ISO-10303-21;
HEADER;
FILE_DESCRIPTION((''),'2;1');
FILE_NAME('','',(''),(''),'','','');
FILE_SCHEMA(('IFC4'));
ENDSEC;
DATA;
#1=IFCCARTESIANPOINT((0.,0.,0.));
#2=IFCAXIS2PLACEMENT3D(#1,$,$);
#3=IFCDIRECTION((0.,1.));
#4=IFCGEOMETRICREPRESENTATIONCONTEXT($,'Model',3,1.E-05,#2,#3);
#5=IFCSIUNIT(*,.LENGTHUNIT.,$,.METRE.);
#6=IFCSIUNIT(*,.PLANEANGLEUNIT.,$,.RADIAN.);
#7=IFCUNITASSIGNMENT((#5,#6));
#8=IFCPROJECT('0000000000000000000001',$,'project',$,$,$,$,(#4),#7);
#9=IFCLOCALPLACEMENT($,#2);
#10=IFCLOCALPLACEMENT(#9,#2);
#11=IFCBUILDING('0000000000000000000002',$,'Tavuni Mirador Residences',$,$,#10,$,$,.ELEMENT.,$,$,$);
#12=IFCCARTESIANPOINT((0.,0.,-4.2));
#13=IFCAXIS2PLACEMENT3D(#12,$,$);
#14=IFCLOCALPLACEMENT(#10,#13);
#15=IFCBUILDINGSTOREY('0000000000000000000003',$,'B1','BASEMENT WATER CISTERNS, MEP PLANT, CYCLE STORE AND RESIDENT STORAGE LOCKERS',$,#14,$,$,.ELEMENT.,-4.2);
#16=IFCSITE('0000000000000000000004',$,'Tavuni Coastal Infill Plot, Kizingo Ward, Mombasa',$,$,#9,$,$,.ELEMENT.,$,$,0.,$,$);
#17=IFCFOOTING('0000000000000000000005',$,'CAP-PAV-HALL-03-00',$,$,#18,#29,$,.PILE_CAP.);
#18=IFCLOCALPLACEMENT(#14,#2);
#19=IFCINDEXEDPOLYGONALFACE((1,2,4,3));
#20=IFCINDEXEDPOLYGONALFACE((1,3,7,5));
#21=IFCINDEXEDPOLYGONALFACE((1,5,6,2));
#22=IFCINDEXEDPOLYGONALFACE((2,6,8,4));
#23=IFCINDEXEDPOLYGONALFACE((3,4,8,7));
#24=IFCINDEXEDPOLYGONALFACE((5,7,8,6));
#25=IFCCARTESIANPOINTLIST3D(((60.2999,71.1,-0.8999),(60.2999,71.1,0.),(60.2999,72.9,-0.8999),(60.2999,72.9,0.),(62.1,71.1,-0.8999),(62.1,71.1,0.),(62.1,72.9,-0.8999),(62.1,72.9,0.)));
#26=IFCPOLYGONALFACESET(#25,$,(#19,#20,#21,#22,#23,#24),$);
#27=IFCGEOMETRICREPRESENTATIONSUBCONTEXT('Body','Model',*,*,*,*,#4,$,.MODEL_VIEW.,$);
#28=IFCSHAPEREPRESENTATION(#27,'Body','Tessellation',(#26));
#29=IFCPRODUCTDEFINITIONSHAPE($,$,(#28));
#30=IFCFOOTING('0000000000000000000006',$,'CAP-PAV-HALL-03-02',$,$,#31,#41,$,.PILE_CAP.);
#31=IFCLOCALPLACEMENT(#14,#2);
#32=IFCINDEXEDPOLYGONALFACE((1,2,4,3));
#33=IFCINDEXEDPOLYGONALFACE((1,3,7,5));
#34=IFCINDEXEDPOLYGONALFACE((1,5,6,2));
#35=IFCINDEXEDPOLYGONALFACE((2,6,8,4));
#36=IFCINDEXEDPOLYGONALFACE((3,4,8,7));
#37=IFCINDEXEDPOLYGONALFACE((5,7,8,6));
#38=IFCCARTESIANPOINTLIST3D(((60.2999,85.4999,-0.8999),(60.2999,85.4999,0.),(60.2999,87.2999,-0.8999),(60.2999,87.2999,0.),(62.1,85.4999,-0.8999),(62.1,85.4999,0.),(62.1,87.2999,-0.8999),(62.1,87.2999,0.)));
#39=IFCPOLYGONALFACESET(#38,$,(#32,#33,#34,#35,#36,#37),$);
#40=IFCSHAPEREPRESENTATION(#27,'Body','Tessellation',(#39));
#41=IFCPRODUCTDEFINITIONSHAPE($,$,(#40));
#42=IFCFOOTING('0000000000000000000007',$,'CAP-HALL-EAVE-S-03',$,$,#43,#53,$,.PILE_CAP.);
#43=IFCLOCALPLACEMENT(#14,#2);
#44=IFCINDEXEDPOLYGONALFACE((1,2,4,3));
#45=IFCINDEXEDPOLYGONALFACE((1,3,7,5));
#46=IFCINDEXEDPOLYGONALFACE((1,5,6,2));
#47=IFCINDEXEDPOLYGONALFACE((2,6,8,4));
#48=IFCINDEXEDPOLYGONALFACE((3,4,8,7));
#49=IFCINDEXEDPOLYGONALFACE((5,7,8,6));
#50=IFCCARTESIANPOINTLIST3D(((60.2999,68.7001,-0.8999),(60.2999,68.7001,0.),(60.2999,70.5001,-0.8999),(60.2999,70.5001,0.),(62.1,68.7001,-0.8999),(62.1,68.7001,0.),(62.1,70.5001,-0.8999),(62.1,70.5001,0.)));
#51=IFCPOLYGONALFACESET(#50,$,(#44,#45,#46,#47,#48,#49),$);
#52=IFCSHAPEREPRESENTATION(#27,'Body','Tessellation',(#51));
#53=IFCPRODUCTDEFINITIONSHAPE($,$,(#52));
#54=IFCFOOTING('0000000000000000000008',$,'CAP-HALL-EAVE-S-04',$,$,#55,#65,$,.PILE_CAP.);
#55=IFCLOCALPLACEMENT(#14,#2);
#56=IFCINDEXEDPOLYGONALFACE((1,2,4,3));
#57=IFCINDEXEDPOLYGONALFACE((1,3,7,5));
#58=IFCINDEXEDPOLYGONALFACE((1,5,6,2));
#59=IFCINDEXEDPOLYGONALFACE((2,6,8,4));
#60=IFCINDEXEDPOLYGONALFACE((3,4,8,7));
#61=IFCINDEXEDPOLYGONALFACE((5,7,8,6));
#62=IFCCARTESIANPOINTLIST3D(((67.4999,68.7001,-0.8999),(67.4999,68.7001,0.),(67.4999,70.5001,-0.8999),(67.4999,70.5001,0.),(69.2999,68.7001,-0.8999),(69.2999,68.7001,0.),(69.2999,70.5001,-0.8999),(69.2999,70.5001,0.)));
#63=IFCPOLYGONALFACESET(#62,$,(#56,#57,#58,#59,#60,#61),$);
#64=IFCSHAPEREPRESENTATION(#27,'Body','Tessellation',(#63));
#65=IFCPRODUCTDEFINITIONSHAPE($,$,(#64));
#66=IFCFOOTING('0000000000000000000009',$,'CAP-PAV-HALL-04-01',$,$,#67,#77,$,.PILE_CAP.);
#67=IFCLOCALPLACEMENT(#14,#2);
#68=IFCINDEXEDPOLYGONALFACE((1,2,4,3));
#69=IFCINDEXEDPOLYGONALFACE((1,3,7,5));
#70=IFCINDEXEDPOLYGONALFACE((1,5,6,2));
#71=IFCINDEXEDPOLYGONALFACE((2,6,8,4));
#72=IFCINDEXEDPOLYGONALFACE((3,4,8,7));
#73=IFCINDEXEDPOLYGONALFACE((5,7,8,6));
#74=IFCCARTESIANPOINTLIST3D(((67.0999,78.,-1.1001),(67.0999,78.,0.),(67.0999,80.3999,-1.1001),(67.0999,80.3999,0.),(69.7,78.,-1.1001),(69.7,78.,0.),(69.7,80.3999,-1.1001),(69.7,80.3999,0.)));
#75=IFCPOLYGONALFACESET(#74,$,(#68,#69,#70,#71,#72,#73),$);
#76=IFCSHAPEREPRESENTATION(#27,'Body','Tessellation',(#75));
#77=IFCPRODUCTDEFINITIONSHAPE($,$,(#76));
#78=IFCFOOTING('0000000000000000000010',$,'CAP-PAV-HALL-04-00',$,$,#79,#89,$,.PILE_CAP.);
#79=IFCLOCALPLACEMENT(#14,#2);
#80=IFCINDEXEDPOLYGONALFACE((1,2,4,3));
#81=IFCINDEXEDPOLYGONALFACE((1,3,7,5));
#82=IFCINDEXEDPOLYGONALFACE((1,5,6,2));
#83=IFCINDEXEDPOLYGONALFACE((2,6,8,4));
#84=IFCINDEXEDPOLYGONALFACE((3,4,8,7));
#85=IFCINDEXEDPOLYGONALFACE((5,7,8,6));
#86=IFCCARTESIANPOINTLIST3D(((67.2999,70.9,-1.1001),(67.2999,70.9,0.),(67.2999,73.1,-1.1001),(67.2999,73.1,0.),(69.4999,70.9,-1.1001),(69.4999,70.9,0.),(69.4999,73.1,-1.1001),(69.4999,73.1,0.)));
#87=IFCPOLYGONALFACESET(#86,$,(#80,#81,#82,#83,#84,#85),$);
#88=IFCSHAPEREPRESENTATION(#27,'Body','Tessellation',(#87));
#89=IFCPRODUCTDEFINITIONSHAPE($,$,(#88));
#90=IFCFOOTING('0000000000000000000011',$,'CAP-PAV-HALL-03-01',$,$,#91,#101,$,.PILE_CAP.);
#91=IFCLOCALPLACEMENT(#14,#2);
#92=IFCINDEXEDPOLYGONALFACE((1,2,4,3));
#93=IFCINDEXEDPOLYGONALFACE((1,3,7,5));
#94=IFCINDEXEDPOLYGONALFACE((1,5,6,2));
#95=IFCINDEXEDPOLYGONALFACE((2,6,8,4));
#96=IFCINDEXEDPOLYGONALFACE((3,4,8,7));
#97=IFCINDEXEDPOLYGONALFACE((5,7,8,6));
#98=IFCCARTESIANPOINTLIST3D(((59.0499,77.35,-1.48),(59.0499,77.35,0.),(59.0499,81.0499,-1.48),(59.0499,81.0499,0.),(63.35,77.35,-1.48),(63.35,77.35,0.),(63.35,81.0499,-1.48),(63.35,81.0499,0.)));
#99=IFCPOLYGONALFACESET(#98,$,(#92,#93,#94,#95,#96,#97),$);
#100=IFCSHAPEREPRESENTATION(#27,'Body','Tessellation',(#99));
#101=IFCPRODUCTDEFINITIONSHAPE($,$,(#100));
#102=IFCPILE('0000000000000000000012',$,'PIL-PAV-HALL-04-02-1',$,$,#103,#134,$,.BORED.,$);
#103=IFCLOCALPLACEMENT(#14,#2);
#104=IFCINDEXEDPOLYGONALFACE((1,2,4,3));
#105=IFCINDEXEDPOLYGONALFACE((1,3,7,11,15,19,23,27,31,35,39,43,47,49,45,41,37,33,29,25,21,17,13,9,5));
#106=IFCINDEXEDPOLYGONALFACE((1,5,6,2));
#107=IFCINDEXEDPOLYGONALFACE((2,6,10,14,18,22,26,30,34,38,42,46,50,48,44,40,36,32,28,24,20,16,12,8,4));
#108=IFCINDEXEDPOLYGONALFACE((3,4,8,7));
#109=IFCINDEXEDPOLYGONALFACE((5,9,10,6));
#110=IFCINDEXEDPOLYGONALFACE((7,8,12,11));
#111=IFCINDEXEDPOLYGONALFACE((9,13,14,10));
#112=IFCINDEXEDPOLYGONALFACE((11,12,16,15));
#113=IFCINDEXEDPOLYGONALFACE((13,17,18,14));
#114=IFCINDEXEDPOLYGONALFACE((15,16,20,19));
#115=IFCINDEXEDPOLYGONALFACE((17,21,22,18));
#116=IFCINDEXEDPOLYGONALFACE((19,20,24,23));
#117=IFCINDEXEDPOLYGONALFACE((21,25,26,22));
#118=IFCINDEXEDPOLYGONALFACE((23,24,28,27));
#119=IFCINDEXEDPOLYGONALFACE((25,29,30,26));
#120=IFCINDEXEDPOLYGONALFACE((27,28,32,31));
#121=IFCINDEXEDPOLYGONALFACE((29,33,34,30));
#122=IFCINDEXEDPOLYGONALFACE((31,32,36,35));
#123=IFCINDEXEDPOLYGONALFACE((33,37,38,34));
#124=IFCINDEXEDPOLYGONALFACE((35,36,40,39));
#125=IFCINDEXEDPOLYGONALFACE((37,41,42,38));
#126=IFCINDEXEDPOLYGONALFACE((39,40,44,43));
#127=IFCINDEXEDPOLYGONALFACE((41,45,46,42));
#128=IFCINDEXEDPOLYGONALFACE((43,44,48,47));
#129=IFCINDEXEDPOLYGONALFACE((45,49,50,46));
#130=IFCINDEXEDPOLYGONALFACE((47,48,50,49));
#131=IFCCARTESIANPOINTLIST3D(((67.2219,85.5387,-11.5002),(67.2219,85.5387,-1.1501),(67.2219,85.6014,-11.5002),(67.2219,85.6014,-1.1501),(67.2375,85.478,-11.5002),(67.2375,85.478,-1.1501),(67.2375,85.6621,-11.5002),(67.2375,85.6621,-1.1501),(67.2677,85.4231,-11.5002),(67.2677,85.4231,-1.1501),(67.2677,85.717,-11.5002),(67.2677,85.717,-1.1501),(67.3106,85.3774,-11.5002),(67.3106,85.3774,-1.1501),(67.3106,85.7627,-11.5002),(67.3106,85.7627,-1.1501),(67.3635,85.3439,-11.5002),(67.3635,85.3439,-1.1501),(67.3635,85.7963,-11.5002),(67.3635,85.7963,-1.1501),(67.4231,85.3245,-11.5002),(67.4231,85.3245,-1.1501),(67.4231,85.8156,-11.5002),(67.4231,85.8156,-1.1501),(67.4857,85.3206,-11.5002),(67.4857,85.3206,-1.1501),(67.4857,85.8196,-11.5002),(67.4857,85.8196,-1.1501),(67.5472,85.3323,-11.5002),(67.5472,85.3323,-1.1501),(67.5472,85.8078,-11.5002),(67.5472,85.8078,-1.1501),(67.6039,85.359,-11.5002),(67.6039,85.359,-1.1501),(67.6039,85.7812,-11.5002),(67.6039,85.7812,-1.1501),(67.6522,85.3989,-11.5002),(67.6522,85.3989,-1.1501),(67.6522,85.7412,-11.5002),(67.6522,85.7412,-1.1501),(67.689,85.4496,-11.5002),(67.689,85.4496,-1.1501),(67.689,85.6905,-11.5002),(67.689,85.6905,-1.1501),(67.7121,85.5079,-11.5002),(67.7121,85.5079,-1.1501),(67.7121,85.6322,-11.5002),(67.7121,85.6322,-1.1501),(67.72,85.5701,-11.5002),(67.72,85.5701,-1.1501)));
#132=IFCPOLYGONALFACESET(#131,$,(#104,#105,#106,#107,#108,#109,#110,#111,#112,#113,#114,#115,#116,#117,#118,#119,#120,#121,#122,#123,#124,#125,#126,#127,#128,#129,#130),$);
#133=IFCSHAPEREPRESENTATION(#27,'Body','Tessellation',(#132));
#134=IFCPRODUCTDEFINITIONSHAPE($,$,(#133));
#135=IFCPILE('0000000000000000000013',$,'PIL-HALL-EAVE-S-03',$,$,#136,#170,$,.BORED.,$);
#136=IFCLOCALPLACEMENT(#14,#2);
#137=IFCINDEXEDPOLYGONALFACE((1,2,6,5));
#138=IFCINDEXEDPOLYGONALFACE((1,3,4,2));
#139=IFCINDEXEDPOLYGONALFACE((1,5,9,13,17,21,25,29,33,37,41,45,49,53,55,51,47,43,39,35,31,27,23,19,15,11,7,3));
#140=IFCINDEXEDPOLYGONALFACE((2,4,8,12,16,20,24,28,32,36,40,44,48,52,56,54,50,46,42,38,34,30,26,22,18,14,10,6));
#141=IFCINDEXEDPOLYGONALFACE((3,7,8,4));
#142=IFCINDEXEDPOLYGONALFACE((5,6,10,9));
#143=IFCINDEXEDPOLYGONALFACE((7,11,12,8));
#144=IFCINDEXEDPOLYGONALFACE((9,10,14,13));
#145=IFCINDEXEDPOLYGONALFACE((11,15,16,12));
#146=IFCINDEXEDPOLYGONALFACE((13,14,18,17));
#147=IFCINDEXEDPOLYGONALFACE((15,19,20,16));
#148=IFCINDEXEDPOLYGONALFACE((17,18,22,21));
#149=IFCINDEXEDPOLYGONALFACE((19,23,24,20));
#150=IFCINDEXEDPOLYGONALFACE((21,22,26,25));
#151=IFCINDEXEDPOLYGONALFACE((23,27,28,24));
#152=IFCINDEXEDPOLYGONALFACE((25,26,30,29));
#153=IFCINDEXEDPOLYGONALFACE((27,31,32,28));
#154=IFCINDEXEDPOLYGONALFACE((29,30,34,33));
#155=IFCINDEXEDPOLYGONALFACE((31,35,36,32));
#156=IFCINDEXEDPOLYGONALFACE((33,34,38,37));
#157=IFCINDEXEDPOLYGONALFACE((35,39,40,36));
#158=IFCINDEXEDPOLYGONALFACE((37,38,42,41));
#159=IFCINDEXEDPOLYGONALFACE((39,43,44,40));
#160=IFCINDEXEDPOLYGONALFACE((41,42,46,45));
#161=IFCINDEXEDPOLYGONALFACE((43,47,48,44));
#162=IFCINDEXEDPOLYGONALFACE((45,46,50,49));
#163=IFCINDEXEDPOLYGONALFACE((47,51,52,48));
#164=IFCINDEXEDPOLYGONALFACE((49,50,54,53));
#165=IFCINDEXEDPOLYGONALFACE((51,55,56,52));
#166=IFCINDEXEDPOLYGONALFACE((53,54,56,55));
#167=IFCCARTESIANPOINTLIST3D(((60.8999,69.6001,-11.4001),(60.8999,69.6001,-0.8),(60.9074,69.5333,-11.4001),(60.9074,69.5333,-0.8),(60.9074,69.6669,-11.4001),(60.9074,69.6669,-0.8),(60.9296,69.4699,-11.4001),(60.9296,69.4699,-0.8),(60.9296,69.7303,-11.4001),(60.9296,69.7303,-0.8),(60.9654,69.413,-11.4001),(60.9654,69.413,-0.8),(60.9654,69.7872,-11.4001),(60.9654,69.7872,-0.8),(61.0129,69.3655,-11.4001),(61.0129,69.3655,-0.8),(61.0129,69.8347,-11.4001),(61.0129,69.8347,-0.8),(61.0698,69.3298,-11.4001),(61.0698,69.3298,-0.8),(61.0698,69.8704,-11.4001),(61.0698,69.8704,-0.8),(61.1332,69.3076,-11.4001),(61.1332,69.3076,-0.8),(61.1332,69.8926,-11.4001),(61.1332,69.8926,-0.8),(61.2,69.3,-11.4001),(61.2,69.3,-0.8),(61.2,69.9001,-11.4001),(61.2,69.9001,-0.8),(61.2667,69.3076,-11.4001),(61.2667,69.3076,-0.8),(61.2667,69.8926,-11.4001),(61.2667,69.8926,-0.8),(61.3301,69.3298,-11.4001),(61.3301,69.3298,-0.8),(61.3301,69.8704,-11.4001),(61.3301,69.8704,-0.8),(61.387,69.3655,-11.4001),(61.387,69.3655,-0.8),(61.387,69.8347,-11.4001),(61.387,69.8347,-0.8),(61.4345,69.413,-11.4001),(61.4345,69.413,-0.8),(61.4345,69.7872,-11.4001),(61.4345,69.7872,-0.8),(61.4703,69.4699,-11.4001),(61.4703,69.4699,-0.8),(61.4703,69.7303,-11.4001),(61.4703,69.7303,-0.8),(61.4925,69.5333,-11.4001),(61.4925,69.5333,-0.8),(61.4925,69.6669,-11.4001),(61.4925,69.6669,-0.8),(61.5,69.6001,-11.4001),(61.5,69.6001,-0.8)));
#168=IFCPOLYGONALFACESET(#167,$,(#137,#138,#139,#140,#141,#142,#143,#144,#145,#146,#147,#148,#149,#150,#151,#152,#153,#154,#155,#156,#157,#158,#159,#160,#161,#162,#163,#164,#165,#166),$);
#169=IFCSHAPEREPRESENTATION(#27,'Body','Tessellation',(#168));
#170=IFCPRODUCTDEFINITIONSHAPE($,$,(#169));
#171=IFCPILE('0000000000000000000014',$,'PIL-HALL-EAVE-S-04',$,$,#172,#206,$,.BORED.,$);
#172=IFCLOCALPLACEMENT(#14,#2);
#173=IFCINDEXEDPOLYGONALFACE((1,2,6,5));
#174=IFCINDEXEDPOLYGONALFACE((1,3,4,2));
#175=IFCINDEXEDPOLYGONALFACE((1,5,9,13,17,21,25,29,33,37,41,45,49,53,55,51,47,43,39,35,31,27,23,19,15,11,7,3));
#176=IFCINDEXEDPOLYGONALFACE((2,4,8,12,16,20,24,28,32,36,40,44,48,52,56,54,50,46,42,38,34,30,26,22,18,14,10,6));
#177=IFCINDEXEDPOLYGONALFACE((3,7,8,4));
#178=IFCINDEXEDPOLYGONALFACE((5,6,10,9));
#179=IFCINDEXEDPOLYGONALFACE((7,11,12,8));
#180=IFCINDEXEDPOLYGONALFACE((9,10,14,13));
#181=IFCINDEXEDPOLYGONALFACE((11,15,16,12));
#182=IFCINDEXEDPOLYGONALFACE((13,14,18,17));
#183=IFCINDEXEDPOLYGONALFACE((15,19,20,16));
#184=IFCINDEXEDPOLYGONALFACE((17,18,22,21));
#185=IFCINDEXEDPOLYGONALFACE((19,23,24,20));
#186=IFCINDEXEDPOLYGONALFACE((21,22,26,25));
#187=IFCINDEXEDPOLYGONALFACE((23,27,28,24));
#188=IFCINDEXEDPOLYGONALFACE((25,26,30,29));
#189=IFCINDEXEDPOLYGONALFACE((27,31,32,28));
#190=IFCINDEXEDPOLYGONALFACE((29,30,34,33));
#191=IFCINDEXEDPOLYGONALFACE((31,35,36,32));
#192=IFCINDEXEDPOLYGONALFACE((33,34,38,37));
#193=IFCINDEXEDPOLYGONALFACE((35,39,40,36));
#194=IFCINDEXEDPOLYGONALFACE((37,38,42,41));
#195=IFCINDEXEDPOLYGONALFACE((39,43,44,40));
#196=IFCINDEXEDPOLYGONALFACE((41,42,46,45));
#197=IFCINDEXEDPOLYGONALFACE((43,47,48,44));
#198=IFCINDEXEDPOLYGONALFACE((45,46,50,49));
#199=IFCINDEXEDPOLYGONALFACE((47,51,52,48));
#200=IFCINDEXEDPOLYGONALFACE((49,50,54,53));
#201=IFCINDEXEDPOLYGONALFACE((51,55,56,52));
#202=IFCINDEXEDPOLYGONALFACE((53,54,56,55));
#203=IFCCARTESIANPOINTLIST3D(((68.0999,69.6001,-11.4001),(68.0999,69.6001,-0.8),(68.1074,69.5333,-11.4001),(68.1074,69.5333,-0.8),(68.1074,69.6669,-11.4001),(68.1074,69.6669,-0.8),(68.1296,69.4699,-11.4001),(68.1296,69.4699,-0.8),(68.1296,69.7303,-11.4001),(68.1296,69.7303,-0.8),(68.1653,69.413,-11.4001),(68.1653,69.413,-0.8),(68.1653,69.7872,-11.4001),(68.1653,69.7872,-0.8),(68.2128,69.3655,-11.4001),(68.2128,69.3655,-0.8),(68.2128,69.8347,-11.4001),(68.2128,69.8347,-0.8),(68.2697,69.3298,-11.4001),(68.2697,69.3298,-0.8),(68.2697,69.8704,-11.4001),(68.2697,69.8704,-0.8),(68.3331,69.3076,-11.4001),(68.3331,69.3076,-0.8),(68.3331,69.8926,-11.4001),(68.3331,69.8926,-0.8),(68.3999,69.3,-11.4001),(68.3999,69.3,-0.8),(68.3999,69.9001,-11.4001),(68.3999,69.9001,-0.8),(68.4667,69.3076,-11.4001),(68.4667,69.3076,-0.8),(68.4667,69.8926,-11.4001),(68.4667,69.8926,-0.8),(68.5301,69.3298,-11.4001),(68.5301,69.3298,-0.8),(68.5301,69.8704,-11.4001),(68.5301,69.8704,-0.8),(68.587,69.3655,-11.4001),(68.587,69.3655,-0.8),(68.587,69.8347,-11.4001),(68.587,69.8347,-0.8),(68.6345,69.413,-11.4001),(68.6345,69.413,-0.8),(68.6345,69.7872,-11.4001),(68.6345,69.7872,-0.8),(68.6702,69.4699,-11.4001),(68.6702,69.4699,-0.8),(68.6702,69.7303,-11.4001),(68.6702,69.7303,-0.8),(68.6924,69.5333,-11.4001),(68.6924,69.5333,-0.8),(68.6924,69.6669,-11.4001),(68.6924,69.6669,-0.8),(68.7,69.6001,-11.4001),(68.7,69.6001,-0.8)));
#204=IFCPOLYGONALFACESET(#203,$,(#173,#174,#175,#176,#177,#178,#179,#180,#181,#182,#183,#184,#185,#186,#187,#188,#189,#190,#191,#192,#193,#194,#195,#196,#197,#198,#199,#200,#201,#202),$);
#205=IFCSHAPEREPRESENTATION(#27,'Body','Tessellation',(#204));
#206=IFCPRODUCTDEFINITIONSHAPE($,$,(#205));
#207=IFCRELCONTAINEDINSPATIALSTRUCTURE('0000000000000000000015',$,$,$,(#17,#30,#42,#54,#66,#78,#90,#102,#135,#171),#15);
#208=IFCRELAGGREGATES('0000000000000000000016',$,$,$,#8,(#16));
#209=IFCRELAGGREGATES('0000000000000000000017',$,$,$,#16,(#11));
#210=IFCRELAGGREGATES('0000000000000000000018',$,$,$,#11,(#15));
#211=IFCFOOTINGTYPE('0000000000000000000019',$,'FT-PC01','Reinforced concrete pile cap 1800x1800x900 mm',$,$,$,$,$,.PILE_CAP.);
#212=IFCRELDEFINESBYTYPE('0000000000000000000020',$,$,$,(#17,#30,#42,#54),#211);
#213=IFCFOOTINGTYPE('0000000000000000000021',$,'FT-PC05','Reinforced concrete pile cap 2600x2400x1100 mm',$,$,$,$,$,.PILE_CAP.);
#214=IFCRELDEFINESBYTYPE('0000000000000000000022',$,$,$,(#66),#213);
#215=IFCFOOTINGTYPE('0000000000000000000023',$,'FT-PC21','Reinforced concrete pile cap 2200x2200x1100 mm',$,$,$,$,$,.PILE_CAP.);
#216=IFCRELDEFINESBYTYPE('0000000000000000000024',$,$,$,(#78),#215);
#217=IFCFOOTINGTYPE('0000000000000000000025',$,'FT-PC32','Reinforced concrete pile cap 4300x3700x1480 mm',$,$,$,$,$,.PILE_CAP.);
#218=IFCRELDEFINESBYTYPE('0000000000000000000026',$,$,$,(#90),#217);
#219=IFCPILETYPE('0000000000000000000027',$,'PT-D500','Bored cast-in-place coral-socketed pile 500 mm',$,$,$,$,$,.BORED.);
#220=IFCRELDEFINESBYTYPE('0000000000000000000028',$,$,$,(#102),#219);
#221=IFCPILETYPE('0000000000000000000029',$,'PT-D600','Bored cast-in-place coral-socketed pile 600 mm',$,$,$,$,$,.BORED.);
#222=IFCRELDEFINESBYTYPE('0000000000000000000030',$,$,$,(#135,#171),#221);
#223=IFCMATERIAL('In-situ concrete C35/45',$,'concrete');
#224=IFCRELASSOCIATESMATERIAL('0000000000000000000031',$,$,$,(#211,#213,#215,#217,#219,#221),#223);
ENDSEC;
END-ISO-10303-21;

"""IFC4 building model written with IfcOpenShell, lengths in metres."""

from ifc_helpers import new_model, si_unit, direction, frame, origin, origin_2d, place, context, subcontext, project, spatial, rectangle, circle, extrude, material, material_profile, profile_set, type_object, element, save


model = new_model("IFC4")

# Units and contexts
model_context = context("Model", 3, precision=1e-05, world=origin(), true_north=direction((0.0, 1.0)))
body_context = subcontext(model_context, "Body", "Model", "MODEL_VIEW")
ifc_project = project(units=[si_unit("LENGTHUNIT", "METRE"), si_unit("PLANEANGLEUNIT", "RADIAN")], contexts=[model_context])

# Site, building, storey
site_placement = place(None, origin())
site = spatial("IfcSite", under=ifc_project, at=site_placement, Name="Tavuni Coastal Infill Plot, Kizingo Ward, Mombasa", CompositionType="ELEMENT", RefElevation=0.0)
building_placement = place(site_placement, origin())
building = spatial("IfcBuilding", under=site, at=building_placement, Name="Tavuni Mirador Residences", CompositionType="ELEMENT")
storey_placement = place(building_placement, frame((0.0, 0.0, -4.2)))
storey = spatial("IfcBuildingStorey", under=building, at=storey_placement, Name="B1", Description="BASEMENT WATER CISTERNS, MEP PLANT, CYCLE STORE AND RESIDENT STORAGE LOCKERS", CompositionType="ELEMENT", Elevation=-4.2)

# Footings
ifc_material_1 = material(Name="In-situ concrete C35/45", Category="concrete")
footing_type_1 = type_object("IfcFootingType", Name="FT-PC01", Description="Reinforced concrete pile cap 1800x1800x900 mm", PredefinedType="PILE_CAP", material=ifc_material_1)
for number, where, z_axis, x_axis, name in (
    (1, (61.2, 72.0, -0.8999), (0.0, 0.0, 1.0), (1.0, 0.0, 0.0), "CAP-PAV-HALL-03-00"),
    (2, (61.2, 86.3999, -0.8999), (0.0, 0.0, 1.0), (1.0, 0.0, 0.0), "CAP-PAV-HALL-03-02"),
    (3, (61.2, 69.6001, -0.8999), (0.0, 0.0, 1.0), (1.0, 0.0, 0.0), "CAP-HALL-EAVE-S-03"),
    (4, (68.3999, 69.6001, -0.8999), (0.0, 0.0, 1.0), (1.0, 0.0, 0.0), "CAP-HALL-EAVE-S-04"),
):
    element("IfcFooting", number, at=place(storey_placement, frame(where, z_axis=z_axis, x_axis=x_axis)), inside=storey, type_object=footing_type_1, Name=name, PredefinedType="PILE_CAP", context=body_context, shape_type="SweptSolid", body=[
        extrude(rectangle(XDim=1.8, YDim=1.8, at=origin_2d()), origin(), (0.0, 0.0, 1.0), 0.8999),
    ])
footing_type_2 = type_object("IfcFootingType", Name="FT-PC05", Description="Reinforced concrete pile cap 2600x2400x1100 mm", PredefinedType="PILE_CAP", material=ifc_material_1)
footing_1_placement = place(storey_placement, frame((68.3999, 79.2, -1.1001), z_axis=(0.0, 0.0, 1.0), x_axis=(1.0, 0.0, 0.0)))
element("IfcFooting", 5, at=footing_1_placement, inside=storey, type_object=footing_type_2, Name="CAP-PAV-HALL-04-01", PredefinedType="PILE_CAP", context=body_context, shape_type="SweptSolid", body=[
    extrude(rectangle(XDim=2.6001, YDim=2.3999, at=origin_2d()), origin(), (0.0, 0.0, 1.0), 1.1001),
])
footing_type_3 = type_object("IfcFootingType", Name="FT-PC21", Description="Reinforced concrete pile cap 2200x2200x1100 mm", PredefinedType="PILE_CAP", material=ifc_material_1)
footing_2_placement = place(storey_placement, frame((68.3999, 72.0, -1.1001), z_axis=(0.0, 0.0, 1.0), x_axis=(1.0, 0.0, 0.0)))
element("IfcFooting", 6, at=footing_2_placement, inside=storey, type_object=footing_type_3, Name="CAP-PAV-HALL-04-00", PredefinedType="PILE_CAP", context=body_context, shape_type="SweptSolid", body=[
    extrude(rectangle(XDim=2.2, YDim=2.2, at=origin_2d()), origin(), (0.0, 0.0, 1.0), 1.1001),
])
footing_type_4 = type_object("IfcFootingType", Name="FT-PC32", Description="Reinforced concrete pile cap 4300x3700x1480 mm", PredefinedType="PILE_CAP", material=ifc_material_1)
footing_3_placement = place(storey_placement, frame((61.2, 79.2, -1.48), z_axis=(0.0, 0.0, 1.0), x_axis=(1.0, 0.0, 0.0)))
element("IfcFooting", 7, at=footing_3_placement, inside=storey, type_object=footing_type_4, Name="CAP-PAV-HALL-03-01", PredefinedType="PILE_CAP", context=body_context, shape_type="SweptSolid", body=[
    extrude(rectangle(XDim=4.3, YDim=3.7, at=origin_2d()), origin(), (0.0, 0.0, 1.0), 1.48),
])

# Piles
ifc_material_profile_1 = material_profile(ifc_material_1, circle(Radius=0.25, at=origin_2d()), Name="PILE D500", Category="concrete")
ifc_profile_set_1 = profile_set([ifc_material_profile_1], Name="In-situ concrete C35/45")
pile_type_1 = type_object("IfcPileType", Name="PT-D500", Description="Bored cast-in-place coral-socketed pile 500 mm", PredefinedType="BORED", material=ifc_profile_set_1)
pile_1_placement = place(storey_placement, frame((67.47, 85.5701, -1.1501), z_axis=(0.0, 0.0, -1.0), x_axis=(1.0, 0.0, 0.0)))
element("IfcPile", 8, at=pile_1_placement, inside=storey, type_object=pile_type_1, Name="PIL-PAV-HALL-04-02-1", PredefinedType="BORED", context=body_context, shape_type="SweptSolid", body=[
    extrude(circle(Radius=0.25, at=origin_2d()), origin(), (0.0, 0.0, 1.0), 10.3501),
])
ifc_material_profile_2 = material_profile(ifc_material_1, circle(Radius=0.3, at=origin_2d()), Name="PILE D600", Category="concrete")
ifc_profile_set_2 = profile_set([ifc_material_profile_2], Name="In-situ concrete C35/45")
pile_type_2 = type_object("IfcPileType", Name="PT-D600", Description="Bored cast-in-place coral-socketed pile 600 mm", PredefinedType="BORED", material=ifc_profile_set_2)
for number, where, z_axis, x_axis, name in (
    (9, (61.2, 69.6001, -0.8), (0.0, 0.0, -1.0), (1.0, 0.0, 0.0), "PIL-HALL-EAVE-S-03"),
    (10, (68.3999, 69.6001, -0.8), (0.0, 0.0, -1.0), (1.0, 0.0, 0.0), "PIL-HALL-EAVE-S-04"),
):
    element("IfcPile", number, at=place(storey_placement, frame(where, z_axis=z_axis, x_axis=x_axis)), inside=storey, type_object=pile_type_2, Name=name, PredefinedType="BORED", context=body_context, shape_type="SweptSolid", body=[
        extrude(circle(Radius=0.3, at=origin_2d()), origin(), (0.0, 0.0, 1.0), 10.6001),
    ])

save(model, "model.ifc")
